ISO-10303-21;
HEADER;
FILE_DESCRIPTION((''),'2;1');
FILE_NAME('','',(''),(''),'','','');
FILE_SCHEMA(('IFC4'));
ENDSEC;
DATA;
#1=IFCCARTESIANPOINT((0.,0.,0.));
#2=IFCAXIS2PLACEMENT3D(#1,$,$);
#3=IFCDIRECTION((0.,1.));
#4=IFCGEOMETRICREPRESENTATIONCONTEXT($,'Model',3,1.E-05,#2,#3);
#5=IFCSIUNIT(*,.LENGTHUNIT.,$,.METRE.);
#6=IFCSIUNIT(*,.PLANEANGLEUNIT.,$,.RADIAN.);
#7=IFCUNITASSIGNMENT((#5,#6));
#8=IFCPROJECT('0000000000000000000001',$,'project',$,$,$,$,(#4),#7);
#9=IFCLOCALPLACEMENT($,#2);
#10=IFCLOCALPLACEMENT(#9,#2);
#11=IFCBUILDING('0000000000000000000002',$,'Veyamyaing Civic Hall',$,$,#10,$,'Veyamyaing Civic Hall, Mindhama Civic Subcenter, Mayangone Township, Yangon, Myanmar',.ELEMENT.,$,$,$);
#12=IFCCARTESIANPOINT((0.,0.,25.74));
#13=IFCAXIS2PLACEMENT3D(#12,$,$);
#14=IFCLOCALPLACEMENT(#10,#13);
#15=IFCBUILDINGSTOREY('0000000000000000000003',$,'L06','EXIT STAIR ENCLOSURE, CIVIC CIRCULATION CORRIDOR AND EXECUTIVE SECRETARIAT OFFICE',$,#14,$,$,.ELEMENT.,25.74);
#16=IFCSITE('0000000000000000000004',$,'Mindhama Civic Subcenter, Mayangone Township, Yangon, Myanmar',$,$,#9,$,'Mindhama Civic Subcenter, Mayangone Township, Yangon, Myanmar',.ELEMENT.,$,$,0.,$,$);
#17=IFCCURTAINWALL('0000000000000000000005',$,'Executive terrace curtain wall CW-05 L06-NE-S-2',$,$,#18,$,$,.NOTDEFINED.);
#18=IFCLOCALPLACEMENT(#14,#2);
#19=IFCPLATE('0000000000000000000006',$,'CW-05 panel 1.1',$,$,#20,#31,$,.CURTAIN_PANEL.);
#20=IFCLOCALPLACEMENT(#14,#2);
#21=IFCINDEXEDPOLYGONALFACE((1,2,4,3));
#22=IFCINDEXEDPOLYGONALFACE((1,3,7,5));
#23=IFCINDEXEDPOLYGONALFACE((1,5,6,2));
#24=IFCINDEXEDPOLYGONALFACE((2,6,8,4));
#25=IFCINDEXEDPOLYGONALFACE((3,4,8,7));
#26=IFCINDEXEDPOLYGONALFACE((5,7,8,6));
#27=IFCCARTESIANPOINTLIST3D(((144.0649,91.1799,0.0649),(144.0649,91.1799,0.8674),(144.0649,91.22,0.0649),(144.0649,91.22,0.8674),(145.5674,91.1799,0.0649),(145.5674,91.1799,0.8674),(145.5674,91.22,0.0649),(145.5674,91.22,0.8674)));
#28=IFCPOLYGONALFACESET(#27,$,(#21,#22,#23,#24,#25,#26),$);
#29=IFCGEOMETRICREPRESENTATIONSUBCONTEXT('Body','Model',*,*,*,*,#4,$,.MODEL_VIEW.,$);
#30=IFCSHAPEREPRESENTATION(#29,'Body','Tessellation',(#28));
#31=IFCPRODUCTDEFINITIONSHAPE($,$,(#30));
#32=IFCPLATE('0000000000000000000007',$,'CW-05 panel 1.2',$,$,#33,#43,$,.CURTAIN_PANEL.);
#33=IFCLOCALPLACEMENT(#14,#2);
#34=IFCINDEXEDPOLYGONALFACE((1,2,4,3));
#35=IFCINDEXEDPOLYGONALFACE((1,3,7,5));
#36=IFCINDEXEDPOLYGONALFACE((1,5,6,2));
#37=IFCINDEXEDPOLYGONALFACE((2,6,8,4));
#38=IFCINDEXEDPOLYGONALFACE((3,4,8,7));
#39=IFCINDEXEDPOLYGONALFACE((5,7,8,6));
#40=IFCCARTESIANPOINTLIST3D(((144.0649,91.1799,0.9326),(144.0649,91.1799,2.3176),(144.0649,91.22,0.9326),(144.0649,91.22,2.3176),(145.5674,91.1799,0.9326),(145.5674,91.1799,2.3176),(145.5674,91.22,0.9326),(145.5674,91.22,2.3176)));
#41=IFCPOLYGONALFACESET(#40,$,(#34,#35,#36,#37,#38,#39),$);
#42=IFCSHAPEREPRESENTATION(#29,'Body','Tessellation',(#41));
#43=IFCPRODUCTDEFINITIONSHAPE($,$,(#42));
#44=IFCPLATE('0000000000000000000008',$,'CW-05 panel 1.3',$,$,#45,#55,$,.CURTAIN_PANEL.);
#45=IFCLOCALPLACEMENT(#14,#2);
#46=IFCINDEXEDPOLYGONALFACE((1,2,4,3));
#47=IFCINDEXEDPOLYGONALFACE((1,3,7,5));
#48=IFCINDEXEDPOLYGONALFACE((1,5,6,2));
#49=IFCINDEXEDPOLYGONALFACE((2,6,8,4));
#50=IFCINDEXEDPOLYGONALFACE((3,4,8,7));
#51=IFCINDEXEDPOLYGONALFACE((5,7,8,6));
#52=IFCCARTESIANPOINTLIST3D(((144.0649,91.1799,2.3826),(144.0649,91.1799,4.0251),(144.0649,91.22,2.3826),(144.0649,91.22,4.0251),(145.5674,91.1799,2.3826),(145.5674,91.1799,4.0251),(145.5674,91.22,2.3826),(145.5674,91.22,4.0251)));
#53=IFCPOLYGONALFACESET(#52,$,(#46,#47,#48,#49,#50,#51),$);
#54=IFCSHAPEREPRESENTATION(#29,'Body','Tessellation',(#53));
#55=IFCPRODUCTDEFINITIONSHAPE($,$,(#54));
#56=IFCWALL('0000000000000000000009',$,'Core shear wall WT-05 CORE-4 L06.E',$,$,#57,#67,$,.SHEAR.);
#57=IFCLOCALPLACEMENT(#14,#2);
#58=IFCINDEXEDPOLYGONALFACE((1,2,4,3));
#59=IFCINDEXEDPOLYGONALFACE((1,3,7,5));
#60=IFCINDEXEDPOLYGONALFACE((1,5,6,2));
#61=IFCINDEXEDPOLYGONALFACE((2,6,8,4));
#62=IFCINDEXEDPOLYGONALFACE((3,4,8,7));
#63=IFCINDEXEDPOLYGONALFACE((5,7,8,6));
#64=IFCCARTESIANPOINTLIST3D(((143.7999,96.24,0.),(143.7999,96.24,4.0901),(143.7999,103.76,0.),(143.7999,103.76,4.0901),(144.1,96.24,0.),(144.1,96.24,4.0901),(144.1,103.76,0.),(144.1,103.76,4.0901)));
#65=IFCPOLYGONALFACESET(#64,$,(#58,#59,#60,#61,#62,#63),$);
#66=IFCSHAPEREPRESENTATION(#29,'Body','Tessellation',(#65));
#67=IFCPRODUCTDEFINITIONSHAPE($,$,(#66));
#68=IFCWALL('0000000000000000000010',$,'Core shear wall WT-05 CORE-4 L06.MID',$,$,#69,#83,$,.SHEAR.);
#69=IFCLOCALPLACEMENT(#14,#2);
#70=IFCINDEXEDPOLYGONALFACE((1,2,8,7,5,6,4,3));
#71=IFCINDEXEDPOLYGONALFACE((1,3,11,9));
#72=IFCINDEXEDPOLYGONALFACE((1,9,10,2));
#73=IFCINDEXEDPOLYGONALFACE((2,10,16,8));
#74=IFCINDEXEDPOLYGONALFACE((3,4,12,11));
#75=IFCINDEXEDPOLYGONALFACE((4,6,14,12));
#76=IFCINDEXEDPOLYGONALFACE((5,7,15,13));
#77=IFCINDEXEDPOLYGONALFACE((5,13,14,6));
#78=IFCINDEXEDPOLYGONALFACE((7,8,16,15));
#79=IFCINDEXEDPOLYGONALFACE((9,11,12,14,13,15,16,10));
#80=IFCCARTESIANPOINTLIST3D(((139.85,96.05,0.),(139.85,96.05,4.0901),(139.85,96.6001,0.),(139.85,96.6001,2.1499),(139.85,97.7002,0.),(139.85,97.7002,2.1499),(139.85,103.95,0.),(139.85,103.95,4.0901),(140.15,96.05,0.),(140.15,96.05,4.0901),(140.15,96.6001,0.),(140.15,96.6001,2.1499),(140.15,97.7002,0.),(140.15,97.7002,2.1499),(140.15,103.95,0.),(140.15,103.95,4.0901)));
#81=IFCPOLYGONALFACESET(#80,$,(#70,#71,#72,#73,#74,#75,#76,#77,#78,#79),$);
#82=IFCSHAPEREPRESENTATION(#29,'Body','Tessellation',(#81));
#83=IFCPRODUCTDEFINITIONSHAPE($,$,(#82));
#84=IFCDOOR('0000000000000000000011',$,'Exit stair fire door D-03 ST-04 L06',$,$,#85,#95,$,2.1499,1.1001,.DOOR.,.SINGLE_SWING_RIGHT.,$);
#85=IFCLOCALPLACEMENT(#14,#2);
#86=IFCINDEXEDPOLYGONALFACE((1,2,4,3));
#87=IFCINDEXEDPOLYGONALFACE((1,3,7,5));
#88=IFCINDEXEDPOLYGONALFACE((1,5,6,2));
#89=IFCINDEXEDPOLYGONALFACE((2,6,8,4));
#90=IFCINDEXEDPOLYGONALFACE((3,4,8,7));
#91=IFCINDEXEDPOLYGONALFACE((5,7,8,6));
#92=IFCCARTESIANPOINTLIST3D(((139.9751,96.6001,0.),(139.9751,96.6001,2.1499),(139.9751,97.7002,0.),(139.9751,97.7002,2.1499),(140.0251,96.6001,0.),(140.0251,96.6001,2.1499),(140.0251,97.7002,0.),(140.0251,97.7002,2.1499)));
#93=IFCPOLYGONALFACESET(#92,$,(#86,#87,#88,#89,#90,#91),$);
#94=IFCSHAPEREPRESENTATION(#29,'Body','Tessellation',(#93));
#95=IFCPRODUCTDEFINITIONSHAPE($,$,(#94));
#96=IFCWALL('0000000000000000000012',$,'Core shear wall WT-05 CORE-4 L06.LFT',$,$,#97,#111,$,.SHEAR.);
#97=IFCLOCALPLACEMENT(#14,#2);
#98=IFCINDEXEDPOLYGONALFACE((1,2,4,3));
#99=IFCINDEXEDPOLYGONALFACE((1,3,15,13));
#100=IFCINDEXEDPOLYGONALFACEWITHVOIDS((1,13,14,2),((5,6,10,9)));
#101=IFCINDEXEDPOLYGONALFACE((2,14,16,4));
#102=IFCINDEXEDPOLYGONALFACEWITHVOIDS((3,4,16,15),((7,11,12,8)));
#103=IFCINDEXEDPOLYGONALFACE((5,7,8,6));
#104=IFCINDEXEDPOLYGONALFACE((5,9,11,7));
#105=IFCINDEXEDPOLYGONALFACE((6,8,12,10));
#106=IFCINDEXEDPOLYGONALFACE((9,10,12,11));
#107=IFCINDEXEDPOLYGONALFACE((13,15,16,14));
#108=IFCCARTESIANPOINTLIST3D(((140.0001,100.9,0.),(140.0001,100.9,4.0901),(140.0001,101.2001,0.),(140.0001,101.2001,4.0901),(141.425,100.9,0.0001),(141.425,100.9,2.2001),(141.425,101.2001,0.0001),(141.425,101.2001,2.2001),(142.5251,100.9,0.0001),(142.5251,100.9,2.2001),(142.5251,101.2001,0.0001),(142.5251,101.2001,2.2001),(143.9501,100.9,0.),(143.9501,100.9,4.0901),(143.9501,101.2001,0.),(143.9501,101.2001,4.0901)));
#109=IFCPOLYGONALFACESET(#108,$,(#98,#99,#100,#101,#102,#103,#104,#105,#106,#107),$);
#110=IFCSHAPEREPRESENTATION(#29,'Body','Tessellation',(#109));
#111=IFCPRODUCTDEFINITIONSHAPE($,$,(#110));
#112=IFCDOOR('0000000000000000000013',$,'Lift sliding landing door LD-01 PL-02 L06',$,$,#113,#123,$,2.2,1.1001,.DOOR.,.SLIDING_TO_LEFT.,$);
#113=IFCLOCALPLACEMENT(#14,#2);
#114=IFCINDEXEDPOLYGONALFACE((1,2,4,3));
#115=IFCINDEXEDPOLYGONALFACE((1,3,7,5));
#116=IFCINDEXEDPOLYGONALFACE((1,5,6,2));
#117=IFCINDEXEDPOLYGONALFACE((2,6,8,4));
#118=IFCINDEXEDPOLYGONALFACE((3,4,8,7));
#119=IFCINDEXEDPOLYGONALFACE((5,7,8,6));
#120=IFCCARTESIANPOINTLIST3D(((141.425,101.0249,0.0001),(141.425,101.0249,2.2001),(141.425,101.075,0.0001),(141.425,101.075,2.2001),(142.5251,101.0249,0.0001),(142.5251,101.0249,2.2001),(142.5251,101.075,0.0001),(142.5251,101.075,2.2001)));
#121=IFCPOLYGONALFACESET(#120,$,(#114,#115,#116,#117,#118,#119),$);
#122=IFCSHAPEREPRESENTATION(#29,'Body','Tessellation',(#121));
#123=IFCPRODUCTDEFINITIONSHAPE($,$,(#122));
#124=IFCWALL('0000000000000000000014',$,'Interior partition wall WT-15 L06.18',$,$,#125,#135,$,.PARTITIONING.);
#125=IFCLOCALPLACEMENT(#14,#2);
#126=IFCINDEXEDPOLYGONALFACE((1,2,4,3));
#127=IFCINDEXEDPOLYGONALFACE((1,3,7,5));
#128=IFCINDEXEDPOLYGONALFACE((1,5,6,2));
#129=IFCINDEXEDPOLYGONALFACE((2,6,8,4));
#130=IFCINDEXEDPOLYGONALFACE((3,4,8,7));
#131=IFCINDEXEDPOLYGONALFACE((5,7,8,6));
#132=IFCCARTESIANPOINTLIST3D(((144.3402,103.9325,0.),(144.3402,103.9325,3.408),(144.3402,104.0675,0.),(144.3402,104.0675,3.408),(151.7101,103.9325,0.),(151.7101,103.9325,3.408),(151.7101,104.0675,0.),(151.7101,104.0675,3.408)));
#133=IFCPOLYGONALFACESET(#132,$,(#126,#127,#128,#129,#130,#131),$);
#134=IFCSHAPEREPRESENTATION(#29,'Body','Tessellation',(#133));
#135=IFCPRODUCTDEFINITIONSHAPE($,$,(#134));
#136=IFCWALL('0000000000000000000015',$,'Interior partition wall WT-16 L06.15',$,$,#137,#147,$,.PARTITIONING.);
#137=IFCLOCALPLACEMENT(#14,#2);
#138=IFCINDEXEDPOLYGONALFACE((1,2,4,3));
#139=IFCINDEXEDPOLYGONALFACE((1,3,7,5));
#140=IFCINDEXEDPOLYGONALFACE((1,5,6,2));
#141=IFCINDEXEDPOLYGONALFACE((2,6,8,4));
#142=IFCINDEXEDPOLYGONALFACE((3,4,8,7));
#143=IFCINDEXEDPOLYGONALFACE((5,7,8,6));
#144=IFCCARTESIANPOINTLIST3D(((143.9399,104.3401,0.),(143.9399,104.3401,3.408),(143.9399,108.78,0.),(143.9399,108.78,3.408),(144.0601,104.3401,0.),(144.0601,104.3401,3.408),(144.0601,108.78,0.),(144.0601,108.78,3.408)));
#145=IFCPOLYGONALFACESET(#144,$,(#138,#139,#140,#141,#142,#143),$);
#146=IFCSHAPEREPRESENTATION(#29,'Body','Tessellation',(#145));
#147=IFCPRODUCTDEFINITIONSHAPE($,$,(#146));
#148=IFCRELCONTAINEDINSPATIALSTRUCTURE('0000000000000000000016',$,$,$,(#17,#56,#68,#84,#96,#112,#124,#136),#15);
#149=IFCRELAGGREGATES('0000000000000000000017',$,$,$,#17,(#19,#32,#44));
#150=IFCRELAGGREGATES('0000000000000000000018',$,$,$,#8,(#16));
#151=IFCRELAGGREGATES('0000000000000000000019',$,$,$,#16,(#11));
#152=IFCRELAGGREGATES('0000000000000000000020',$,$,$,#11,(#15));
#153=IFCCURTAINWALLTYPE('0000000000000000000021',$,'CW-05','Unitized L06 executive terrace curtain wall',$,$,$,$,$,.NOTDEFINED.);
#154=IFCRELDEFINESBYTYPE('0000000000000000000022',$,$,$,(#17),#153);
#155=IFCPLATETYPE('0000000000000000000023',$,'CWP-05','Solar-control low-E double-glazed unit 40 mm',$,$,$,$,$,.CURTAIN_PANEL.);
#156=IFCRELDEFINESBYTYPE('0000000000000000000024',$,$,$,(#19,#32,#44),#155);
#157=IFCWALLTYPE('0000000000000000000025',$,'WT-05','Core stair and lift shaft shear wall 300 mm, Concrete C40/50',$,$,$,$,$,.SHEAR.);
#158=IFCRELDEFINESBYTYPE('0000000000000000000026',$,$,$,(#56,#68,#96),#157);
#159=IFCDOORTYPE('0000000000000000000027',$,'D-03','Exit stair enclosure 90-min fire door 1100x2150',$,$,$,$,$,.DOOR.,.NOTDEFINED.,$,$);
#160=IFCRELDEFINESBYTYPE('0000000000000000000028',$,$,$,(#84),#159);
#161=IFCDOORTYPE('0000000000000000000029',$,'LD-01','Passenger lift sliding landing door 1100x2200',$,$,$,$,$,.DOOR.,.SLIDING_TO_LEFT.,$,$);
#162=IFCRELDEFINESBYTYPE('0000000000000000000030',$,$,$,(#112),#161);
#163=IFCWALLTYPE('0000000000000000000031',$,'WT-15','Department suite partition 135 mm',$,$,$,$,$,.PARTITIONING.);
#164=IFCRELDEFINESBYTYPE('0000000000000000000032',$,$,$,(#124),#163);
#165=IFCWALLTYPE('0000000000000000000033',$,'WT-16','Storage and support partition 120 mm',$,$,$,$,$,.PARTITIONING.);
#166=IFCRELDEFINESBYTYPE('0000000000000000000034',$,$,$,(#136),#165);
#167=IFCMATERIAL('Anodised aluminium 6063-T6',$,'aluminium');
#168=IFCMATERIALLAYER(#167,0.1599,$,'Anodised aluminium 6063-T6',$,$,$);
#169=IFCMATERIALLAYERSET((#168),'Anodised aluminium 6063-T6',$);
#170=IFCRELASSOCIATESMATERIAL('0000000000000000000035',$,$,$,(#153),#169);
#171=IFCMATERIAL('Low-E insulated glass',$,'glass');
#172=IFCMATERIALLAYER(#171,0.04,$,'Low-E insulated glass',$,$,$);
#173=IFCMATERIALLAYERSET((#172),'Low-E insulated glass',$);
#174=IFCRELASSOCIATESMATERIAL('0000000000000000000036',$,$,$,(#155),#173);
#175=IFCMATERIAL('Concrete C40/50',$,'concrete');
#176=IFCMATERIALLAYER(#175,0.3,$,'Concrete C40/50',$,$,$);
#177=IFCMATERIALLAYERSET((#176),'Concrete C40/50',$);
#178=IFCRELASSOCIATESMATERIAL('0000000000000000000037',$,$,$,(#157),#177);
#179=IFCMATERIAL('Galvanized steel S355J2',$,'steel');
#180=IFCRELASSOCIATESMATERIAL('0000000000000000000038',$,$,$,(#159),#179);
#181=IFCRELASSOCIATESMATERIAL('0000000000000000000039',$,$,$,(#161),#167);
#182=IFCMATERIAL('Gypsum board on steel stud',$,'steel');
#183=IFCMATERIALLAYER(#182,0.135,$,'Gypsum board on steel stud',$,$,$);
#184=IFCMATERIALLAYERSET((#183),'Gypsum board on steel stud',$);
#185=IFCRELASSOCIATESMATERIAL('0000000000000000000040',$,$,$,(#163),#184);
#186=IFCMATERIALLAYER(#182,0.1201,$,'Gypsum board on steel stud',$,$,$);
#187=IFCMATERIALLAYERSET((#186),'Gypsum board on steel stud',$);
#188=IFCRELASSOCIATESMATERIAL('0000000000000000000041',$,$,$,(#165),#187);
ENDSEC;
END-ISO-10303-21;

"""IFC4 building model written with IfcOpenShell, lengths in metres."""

from ifc_helpers import new_model, si_unit, direction, frame, frame_2d, origin, origin_2d, place, context, subcontext, project, spatial, rectangle, extrude, material, layer, layer_set, type_object, element, fill, aggregate, save


model = new_model("IFC4")

# Units and contexts
model_context = context("Model", 3, precision=1e-05, world=origin(), true_north=direction((0.0, 1.0)))
body_context = subcontext(model_context, "Body", "Model", "MODEL_VIEW")
ifc_project = project(units=[si_unit("LENGTHUNIT", "METRE"), si_unit("PLANEANGLEUNIT", "RADIAN")], contexts=[model_context])

# Site, building, storey
site_placement = place(None, origin())
site = spatial("IfcSite", under=ifc_project, at=site_placement, Name="Mindhama Civic Subcenter, Mayangone Township, Yangon, Myanmar", LongName="Mindhama Civic Subcenter, Mayangone Township, Yangon, Myanmar", CompositionType="ELEMENT", RefElevation=0.0)
building_placement = place(site_placement, origin())
building = spatial("IfcBuilding", under=site, at=building_placement, Name="Veyamyaing Civic Hall", LongName="Veyamyaing Civic Hall, Mindhama Civic Subcenter, Mayangone Township, Yangon, Myanmar", CompositionType="ELEMENT")
storey_placement = place(building_placement, frame((0.0, 0.0, 25.74)))
storey = spatial("IfcBuildingStorey", under=building, at=storey_placement, Name="L06", Description="EXIT STAIR ENCLOSURE, CIVIC CIRCULATION CORRIDOR AND EXECUTIVE SECRETARIAT OFFICE", CompositionType="ELEMENT", Elevation=25.74)

# Curtain wall
ifc_material_1 = material(Name="Anodised aluminium 6063-T6", Category="aluminium")
ifc_layer_1 = layer(ifc_material_1, 0.1599, Name="Anodised aluminium 6063-T6")
ifc_layer_set_1 = layer_set([ifc_layer_1], Name="Anodised aluminium 6063-T6")
curtain_wall_type = type_object("IfcCurtainWallType", Name="CW-05", Description="Unitized L06 executive terrace curtain wall", PredefinedType="NOTDEFINED", material=ifc_layer_set_1)
curtain_wall_placement = place(storey_placement, origin())
curtain_wall = element("IfcCurtainWall", 1, at=curtain_wall_placement, inside=storey, type_object=curtain_wall_type, Name="Executive terrace curtain wall CW-05 L06-NE-S-2", PredefinedType="NOTDEFINED")

# Plates
ifc_material_2 = material(Name="Low-E insulated glass", Category="glass")
ifc_layer_2 = layer(ifc_material_2, 0.04, Name="Low-E insulated glass")
ifc_layer_set_2 = layer_set([ifc_layer_2], Name="Low-E insulated glass")
plate_type = type_object("IfcPlateType", Name="CWP-05", Description="Solar-control low-E double-glazed unit 40 mm", PredefinedType="CURTAIN_PANEL", material=ifc_layer_set_2)
plate_1_placement = place(storey_placement, frame((144.8162, 91.2, 0.0649), z_axis=(0.0, 0.0, 1.0), x_axis=(1.0, 0.0, 0.0)))
plate_1 = element("IfcPlate", 2, at=plate_1_placement, type_object=plate_type, Name="CW-05 panel 1.1", PredefinedType="CURTAIN_PANEL", context=body_context, shape_type="SweptSolid", body=[
    extrude(rectangle(XDim=1.5024, YDim=0.04, at=origin_2d()), origin(), (0.0, 0.0, 1.0), 0.8025),
])
plate_2_placement = place(storey_placement, frame((144.8162, 91.2, 0.9326), z_axis=(0.0, 0.0, 1.0), x_axis=(1.0, 0.0, 0.0)))
plate_2 = element("IfcPlate", 3, at=plate_2_placement, type_object=plate_type, Name="CW-05 panel 1.2", PredefinedType="CURTAIN_PANEL", context=body_context, shape_type="SweptSolid", body=[
    extrude(rectangle(XDim=1.5024, YDim=0.04, at=origin_2d()), origin(), (0.0, 0.0, 1.0), 1.385),
])
plate_3_placement = place(storey_placement, frame((144.8162, 91.2, 2.3826), z_axis=(0.0, 0.0, 1.0), x_axis=(1.0, 0.0, 0.0)))
plate_3 = element("IfcPlate", 4, at=plate_3_placement, type_object=plate_type, Name="CW-05 panel 1.3", PredefinedType="CURTAIN_PANEL", context=body_context, shape_type="SweptSolid", body=[
    extrude(rectangle(XDim=1.5024, YDim=0.04, at=origin_2d()), origin(), (0.0, 0.0, 1.0), 1.6426),
])
aggregate(curtain_wall, [plate_1, plate_2, plate_3])

# Wall
ifc_material_3 = material(Name="Concrete C40/50", Category="concrete")
ifc_layer_3 = layer(ifc_material_3, 0.3, Name="Concrete C40/50")
ifc_layer_set_3 = layer_set([ifc_layer_3], Name="Concrete C40/50")
wall_type_1 = type_object("IfcWallType", Name="WT-05", Description="Core stair and lift shaft shear wall 300 mm, Concrete C40/50", PredefinedType="SHEAR", material=ifc_layer_set_3)
wall_1_placement = place(storey_placement, frame((143.95, 96.24, 0.0), z_axis=(0.0, 0.0, 1.0), x_axis=(0.0, 1.0, 0.0)))
element("IfcWall", 5, at=wall_1_placement, inside=storey, type_object=wall_type_1, Name="Core shear wall WT-05 CORE-4 L06.E", PredefinedType="SHEAR", context=body_context, shape_type="SweptSolid", body=[
    extrude(rectangle(XDim=7.52, YDim=0.3, at=frame_2d((3.76, 0.0))), origin(), (0.0, 0.0, 1.0), 4.0901),
])

# Walls, openings, doors
wall_2_placement = place(storey_placement, frame((140.0, 96.05, 0.0), z_axis=(0.0, 0.0, 1.0), x_axis=(0.0, 1.0, 0.0)))
wall_2 = element("IfcWall", 6, at=wall_2_placement, inside=storey, type_object=wall_type_1, Name="Core shear wall WT-05 CORE-4 L06.MID", PredefinedType="SHEAR", context=body_context, shape_type="SweptSolid", body=[
    extrude(rectangle(XDim=7.8999, YDim=0.3, at=frame_2d((3.95, 0.0))), origin(), (0.0, 0.0, 1.0), 4.0901),
])
opening_1_placement = place(wall_2_placement, frame((0.55, 0.0, 0.0)))
opening_1 = element("IfcOpeningElement", 7, at=opening_1_placement, cuts=wall_2, PredefinedType="OPENING", context=body_context, shape_type="SweptSolid", body=[
    extrude(rectangle(XDim=1.1001, YDim=2.1499, at=frame_2d((0.55, 1.075))), frame((0.0, 0.1599, 0.0), z_axis=(0.0, -1.0, 0.0), x_axis=(1.0, 0.0, 0.0)), (0.0, 0.0, 1.0), 0.3201),
])
ifc_material_4 = material(Name="Galvanized steel S355J2", Category="steel")
door_type_1 = type_object("IfcDoorType", Name="D-03", Description="Exit stair enclosure 90-min fire door 1100x2150", OperationType="NOTDEFINED", PredefinedType="DOOR", material=ifc_material_4)
door_1_placement = place(opening_1_placement, origin())
door_1 = element("IfcDoor", 8, at=door_1_placement, inside=storey, type_object=door_type_1, Name="Exit stair fire door D-03 ST-04 L06", OperationType="SINGLE_SWING_RIGHT", OverallHeight=2.1499, OverallWidth=1.1001, PredefinedType="DOOR", context=body_context, shape_type="SweptSolid", body=[
    extrude(rectangle(XDim=1.1001, YDim=2.1499, at=frame_2d((0.55, 1.075))), frame((0.0, 0.0249, 0.0), z_axis=(0.0, -1.0, 0.0), x_axis=(1.0, 0.0, 0.0)), (0.0, 0.0, 1.0), 0.05),
])
fill(opening_1, door_1)
wall_3_placement = place(storey_placement, frame((140.0, 101.05, 0.0), z_axis=(0.0, 0.0, 1.0), x_axis=(1.0, 0.0, 0.0)))
wall_3 = element("IfcWall", 9, at=wall_3_placement, inside=storey, type_object=wall_type_1, Name="Core shear wall WT-05 CORE-4 L06.LFT", PredefinedType="SHEAR", context=body_context, shape_type="SweptSolid", body=[
    extrude(rectangle(XDim=3.95, YDim=0.3, at=frame_2d((1.9751, 0.0))), origin(), (0.0, 0.0, 1.0), 4.0901),
])
opening_2_placement = place(wall_3_placement, frame((1.425, 0.0, 0.0)))
opening_2 = element("IfcOpeningElement", 10, at=opening_2_placement, cuts=wall_3, PredefinedType="OPENING", context=body_context, shape_type="SweptSolid", body=[
    extrude(rectangle(XDim=1.1001, YDim=2.2, at=frame_2d((0.55, 1.1001))), frame((0.0, 0.1599, 0.0), z_axis=(0.0, -1.0, 0.0), x_axis=(1.0, 0.0, 0.0)), (0.0, 0.0, 1.0), 0.3201),
])
door_type_2 = type_object("IfcDoorType", Name="LD-01", Description="Passenger lift sliding landing door 1100x2200", OperationType="SLIDING_TO_LEFT", PredefinedType="DOOR", material=ifc_material_1)
door_2_placement = place(opening_2_placement, origin())
door_2 = element("IfcDoor", 11, at=door_2_placement, inside=storey, type_object=door_type_2, Name="Lift sliding landing door LD-01 PL-02 L06", OperationType="SLIDING_TO_LEFT", OverallHeight=2.2, OverallWidth=1.1001, PredefinedType="DOOR", context=body_context, shape_type="SweptSolid", body=[
    extrude(rectangle(XDim=1.1001, YDim=2.2, at=frame_2d((0.55, 1.1001))), frame((0.0, 0.0249, 0.0), z_axis=(0.0, -1.0, 0.0), x_axis=(1.0, 0.0, 0.0)), (0.0, 0.0, 1.0), 0.05),
])
fill(opening_2, door_2)

# Walls
ifc_material_5 = material(Name="Gypsum board on steel stud", Category="steel")
ifc_layer_4 = layer(ifc_material_5, 0.135, Name="Gypsum board on steel stud")
ifc_layer_set_4 = layer_set([ifc_layer_4], Name="Gypsum board on steel stud")
wall_type_2 = type_object("IfcWallType", Name="WT-15", Description="Department suite partition 135 mm", PredefinedType="PARTITIONING", material=ifc_layer_set_4)
wall_4_placement = place(storey_placement, frame((144.3401, 104.0, 0.0), z_axis=(0.0, 0.0, 1.0), x_axis=(1.0, 0.0, 0.0)))
element("IfcWall", 12, at=wall_4_placement, inside=storey, type_object=wall_type_2, Name="Interior partition wall WT-15 L06.18", PredefinedType="PARTITIONING", context=body_context, shape_type="SweptSolid", body=[
    extrude(rectangle(XDim=7.3699, YDim=0.135, at=frame_2d((3.6851, 0.0))), origin(), (0.0, 0.0, 1.0), 3.408),
])
ifc_layer_5 = layer(ifc_material_5, 0.1201, Name="Gypsum board on steel stud")
ifc_layer_set_5 = layer_set([ifc_layer_5], Name="Gypsum board on steel stud")
wall_type_3 = type_object("IfcWallType", Name="WT-16", Description="Storage and support partition 120 mm", PredefinedType="PARTITIONING", material=ifc_layer_set_5)
wall_5_placement = place(storey_placement, frame((144.0, 104.3401, 0.0), z_axis=(0.0, 0.0, 1.0), x_axis=(0.0, 1.0, 0.0)))
element("IfcWall", 13, at=wall_5_placement, inside=storey, type_object=wall_type_3, Name="Interior partition wall WT-16 L06.15", PredefinedType="PARTITIONING", context=body_context, shape_type="SweptSolid", body=[
    extrude(rectangle(XDim=4.4399, YDim=0.1201, at=frame_2d((2.22, 0.0))), origin(), (0.0, 0.0, 1.0), 3.408),
])

save(model, "model.ifc")
